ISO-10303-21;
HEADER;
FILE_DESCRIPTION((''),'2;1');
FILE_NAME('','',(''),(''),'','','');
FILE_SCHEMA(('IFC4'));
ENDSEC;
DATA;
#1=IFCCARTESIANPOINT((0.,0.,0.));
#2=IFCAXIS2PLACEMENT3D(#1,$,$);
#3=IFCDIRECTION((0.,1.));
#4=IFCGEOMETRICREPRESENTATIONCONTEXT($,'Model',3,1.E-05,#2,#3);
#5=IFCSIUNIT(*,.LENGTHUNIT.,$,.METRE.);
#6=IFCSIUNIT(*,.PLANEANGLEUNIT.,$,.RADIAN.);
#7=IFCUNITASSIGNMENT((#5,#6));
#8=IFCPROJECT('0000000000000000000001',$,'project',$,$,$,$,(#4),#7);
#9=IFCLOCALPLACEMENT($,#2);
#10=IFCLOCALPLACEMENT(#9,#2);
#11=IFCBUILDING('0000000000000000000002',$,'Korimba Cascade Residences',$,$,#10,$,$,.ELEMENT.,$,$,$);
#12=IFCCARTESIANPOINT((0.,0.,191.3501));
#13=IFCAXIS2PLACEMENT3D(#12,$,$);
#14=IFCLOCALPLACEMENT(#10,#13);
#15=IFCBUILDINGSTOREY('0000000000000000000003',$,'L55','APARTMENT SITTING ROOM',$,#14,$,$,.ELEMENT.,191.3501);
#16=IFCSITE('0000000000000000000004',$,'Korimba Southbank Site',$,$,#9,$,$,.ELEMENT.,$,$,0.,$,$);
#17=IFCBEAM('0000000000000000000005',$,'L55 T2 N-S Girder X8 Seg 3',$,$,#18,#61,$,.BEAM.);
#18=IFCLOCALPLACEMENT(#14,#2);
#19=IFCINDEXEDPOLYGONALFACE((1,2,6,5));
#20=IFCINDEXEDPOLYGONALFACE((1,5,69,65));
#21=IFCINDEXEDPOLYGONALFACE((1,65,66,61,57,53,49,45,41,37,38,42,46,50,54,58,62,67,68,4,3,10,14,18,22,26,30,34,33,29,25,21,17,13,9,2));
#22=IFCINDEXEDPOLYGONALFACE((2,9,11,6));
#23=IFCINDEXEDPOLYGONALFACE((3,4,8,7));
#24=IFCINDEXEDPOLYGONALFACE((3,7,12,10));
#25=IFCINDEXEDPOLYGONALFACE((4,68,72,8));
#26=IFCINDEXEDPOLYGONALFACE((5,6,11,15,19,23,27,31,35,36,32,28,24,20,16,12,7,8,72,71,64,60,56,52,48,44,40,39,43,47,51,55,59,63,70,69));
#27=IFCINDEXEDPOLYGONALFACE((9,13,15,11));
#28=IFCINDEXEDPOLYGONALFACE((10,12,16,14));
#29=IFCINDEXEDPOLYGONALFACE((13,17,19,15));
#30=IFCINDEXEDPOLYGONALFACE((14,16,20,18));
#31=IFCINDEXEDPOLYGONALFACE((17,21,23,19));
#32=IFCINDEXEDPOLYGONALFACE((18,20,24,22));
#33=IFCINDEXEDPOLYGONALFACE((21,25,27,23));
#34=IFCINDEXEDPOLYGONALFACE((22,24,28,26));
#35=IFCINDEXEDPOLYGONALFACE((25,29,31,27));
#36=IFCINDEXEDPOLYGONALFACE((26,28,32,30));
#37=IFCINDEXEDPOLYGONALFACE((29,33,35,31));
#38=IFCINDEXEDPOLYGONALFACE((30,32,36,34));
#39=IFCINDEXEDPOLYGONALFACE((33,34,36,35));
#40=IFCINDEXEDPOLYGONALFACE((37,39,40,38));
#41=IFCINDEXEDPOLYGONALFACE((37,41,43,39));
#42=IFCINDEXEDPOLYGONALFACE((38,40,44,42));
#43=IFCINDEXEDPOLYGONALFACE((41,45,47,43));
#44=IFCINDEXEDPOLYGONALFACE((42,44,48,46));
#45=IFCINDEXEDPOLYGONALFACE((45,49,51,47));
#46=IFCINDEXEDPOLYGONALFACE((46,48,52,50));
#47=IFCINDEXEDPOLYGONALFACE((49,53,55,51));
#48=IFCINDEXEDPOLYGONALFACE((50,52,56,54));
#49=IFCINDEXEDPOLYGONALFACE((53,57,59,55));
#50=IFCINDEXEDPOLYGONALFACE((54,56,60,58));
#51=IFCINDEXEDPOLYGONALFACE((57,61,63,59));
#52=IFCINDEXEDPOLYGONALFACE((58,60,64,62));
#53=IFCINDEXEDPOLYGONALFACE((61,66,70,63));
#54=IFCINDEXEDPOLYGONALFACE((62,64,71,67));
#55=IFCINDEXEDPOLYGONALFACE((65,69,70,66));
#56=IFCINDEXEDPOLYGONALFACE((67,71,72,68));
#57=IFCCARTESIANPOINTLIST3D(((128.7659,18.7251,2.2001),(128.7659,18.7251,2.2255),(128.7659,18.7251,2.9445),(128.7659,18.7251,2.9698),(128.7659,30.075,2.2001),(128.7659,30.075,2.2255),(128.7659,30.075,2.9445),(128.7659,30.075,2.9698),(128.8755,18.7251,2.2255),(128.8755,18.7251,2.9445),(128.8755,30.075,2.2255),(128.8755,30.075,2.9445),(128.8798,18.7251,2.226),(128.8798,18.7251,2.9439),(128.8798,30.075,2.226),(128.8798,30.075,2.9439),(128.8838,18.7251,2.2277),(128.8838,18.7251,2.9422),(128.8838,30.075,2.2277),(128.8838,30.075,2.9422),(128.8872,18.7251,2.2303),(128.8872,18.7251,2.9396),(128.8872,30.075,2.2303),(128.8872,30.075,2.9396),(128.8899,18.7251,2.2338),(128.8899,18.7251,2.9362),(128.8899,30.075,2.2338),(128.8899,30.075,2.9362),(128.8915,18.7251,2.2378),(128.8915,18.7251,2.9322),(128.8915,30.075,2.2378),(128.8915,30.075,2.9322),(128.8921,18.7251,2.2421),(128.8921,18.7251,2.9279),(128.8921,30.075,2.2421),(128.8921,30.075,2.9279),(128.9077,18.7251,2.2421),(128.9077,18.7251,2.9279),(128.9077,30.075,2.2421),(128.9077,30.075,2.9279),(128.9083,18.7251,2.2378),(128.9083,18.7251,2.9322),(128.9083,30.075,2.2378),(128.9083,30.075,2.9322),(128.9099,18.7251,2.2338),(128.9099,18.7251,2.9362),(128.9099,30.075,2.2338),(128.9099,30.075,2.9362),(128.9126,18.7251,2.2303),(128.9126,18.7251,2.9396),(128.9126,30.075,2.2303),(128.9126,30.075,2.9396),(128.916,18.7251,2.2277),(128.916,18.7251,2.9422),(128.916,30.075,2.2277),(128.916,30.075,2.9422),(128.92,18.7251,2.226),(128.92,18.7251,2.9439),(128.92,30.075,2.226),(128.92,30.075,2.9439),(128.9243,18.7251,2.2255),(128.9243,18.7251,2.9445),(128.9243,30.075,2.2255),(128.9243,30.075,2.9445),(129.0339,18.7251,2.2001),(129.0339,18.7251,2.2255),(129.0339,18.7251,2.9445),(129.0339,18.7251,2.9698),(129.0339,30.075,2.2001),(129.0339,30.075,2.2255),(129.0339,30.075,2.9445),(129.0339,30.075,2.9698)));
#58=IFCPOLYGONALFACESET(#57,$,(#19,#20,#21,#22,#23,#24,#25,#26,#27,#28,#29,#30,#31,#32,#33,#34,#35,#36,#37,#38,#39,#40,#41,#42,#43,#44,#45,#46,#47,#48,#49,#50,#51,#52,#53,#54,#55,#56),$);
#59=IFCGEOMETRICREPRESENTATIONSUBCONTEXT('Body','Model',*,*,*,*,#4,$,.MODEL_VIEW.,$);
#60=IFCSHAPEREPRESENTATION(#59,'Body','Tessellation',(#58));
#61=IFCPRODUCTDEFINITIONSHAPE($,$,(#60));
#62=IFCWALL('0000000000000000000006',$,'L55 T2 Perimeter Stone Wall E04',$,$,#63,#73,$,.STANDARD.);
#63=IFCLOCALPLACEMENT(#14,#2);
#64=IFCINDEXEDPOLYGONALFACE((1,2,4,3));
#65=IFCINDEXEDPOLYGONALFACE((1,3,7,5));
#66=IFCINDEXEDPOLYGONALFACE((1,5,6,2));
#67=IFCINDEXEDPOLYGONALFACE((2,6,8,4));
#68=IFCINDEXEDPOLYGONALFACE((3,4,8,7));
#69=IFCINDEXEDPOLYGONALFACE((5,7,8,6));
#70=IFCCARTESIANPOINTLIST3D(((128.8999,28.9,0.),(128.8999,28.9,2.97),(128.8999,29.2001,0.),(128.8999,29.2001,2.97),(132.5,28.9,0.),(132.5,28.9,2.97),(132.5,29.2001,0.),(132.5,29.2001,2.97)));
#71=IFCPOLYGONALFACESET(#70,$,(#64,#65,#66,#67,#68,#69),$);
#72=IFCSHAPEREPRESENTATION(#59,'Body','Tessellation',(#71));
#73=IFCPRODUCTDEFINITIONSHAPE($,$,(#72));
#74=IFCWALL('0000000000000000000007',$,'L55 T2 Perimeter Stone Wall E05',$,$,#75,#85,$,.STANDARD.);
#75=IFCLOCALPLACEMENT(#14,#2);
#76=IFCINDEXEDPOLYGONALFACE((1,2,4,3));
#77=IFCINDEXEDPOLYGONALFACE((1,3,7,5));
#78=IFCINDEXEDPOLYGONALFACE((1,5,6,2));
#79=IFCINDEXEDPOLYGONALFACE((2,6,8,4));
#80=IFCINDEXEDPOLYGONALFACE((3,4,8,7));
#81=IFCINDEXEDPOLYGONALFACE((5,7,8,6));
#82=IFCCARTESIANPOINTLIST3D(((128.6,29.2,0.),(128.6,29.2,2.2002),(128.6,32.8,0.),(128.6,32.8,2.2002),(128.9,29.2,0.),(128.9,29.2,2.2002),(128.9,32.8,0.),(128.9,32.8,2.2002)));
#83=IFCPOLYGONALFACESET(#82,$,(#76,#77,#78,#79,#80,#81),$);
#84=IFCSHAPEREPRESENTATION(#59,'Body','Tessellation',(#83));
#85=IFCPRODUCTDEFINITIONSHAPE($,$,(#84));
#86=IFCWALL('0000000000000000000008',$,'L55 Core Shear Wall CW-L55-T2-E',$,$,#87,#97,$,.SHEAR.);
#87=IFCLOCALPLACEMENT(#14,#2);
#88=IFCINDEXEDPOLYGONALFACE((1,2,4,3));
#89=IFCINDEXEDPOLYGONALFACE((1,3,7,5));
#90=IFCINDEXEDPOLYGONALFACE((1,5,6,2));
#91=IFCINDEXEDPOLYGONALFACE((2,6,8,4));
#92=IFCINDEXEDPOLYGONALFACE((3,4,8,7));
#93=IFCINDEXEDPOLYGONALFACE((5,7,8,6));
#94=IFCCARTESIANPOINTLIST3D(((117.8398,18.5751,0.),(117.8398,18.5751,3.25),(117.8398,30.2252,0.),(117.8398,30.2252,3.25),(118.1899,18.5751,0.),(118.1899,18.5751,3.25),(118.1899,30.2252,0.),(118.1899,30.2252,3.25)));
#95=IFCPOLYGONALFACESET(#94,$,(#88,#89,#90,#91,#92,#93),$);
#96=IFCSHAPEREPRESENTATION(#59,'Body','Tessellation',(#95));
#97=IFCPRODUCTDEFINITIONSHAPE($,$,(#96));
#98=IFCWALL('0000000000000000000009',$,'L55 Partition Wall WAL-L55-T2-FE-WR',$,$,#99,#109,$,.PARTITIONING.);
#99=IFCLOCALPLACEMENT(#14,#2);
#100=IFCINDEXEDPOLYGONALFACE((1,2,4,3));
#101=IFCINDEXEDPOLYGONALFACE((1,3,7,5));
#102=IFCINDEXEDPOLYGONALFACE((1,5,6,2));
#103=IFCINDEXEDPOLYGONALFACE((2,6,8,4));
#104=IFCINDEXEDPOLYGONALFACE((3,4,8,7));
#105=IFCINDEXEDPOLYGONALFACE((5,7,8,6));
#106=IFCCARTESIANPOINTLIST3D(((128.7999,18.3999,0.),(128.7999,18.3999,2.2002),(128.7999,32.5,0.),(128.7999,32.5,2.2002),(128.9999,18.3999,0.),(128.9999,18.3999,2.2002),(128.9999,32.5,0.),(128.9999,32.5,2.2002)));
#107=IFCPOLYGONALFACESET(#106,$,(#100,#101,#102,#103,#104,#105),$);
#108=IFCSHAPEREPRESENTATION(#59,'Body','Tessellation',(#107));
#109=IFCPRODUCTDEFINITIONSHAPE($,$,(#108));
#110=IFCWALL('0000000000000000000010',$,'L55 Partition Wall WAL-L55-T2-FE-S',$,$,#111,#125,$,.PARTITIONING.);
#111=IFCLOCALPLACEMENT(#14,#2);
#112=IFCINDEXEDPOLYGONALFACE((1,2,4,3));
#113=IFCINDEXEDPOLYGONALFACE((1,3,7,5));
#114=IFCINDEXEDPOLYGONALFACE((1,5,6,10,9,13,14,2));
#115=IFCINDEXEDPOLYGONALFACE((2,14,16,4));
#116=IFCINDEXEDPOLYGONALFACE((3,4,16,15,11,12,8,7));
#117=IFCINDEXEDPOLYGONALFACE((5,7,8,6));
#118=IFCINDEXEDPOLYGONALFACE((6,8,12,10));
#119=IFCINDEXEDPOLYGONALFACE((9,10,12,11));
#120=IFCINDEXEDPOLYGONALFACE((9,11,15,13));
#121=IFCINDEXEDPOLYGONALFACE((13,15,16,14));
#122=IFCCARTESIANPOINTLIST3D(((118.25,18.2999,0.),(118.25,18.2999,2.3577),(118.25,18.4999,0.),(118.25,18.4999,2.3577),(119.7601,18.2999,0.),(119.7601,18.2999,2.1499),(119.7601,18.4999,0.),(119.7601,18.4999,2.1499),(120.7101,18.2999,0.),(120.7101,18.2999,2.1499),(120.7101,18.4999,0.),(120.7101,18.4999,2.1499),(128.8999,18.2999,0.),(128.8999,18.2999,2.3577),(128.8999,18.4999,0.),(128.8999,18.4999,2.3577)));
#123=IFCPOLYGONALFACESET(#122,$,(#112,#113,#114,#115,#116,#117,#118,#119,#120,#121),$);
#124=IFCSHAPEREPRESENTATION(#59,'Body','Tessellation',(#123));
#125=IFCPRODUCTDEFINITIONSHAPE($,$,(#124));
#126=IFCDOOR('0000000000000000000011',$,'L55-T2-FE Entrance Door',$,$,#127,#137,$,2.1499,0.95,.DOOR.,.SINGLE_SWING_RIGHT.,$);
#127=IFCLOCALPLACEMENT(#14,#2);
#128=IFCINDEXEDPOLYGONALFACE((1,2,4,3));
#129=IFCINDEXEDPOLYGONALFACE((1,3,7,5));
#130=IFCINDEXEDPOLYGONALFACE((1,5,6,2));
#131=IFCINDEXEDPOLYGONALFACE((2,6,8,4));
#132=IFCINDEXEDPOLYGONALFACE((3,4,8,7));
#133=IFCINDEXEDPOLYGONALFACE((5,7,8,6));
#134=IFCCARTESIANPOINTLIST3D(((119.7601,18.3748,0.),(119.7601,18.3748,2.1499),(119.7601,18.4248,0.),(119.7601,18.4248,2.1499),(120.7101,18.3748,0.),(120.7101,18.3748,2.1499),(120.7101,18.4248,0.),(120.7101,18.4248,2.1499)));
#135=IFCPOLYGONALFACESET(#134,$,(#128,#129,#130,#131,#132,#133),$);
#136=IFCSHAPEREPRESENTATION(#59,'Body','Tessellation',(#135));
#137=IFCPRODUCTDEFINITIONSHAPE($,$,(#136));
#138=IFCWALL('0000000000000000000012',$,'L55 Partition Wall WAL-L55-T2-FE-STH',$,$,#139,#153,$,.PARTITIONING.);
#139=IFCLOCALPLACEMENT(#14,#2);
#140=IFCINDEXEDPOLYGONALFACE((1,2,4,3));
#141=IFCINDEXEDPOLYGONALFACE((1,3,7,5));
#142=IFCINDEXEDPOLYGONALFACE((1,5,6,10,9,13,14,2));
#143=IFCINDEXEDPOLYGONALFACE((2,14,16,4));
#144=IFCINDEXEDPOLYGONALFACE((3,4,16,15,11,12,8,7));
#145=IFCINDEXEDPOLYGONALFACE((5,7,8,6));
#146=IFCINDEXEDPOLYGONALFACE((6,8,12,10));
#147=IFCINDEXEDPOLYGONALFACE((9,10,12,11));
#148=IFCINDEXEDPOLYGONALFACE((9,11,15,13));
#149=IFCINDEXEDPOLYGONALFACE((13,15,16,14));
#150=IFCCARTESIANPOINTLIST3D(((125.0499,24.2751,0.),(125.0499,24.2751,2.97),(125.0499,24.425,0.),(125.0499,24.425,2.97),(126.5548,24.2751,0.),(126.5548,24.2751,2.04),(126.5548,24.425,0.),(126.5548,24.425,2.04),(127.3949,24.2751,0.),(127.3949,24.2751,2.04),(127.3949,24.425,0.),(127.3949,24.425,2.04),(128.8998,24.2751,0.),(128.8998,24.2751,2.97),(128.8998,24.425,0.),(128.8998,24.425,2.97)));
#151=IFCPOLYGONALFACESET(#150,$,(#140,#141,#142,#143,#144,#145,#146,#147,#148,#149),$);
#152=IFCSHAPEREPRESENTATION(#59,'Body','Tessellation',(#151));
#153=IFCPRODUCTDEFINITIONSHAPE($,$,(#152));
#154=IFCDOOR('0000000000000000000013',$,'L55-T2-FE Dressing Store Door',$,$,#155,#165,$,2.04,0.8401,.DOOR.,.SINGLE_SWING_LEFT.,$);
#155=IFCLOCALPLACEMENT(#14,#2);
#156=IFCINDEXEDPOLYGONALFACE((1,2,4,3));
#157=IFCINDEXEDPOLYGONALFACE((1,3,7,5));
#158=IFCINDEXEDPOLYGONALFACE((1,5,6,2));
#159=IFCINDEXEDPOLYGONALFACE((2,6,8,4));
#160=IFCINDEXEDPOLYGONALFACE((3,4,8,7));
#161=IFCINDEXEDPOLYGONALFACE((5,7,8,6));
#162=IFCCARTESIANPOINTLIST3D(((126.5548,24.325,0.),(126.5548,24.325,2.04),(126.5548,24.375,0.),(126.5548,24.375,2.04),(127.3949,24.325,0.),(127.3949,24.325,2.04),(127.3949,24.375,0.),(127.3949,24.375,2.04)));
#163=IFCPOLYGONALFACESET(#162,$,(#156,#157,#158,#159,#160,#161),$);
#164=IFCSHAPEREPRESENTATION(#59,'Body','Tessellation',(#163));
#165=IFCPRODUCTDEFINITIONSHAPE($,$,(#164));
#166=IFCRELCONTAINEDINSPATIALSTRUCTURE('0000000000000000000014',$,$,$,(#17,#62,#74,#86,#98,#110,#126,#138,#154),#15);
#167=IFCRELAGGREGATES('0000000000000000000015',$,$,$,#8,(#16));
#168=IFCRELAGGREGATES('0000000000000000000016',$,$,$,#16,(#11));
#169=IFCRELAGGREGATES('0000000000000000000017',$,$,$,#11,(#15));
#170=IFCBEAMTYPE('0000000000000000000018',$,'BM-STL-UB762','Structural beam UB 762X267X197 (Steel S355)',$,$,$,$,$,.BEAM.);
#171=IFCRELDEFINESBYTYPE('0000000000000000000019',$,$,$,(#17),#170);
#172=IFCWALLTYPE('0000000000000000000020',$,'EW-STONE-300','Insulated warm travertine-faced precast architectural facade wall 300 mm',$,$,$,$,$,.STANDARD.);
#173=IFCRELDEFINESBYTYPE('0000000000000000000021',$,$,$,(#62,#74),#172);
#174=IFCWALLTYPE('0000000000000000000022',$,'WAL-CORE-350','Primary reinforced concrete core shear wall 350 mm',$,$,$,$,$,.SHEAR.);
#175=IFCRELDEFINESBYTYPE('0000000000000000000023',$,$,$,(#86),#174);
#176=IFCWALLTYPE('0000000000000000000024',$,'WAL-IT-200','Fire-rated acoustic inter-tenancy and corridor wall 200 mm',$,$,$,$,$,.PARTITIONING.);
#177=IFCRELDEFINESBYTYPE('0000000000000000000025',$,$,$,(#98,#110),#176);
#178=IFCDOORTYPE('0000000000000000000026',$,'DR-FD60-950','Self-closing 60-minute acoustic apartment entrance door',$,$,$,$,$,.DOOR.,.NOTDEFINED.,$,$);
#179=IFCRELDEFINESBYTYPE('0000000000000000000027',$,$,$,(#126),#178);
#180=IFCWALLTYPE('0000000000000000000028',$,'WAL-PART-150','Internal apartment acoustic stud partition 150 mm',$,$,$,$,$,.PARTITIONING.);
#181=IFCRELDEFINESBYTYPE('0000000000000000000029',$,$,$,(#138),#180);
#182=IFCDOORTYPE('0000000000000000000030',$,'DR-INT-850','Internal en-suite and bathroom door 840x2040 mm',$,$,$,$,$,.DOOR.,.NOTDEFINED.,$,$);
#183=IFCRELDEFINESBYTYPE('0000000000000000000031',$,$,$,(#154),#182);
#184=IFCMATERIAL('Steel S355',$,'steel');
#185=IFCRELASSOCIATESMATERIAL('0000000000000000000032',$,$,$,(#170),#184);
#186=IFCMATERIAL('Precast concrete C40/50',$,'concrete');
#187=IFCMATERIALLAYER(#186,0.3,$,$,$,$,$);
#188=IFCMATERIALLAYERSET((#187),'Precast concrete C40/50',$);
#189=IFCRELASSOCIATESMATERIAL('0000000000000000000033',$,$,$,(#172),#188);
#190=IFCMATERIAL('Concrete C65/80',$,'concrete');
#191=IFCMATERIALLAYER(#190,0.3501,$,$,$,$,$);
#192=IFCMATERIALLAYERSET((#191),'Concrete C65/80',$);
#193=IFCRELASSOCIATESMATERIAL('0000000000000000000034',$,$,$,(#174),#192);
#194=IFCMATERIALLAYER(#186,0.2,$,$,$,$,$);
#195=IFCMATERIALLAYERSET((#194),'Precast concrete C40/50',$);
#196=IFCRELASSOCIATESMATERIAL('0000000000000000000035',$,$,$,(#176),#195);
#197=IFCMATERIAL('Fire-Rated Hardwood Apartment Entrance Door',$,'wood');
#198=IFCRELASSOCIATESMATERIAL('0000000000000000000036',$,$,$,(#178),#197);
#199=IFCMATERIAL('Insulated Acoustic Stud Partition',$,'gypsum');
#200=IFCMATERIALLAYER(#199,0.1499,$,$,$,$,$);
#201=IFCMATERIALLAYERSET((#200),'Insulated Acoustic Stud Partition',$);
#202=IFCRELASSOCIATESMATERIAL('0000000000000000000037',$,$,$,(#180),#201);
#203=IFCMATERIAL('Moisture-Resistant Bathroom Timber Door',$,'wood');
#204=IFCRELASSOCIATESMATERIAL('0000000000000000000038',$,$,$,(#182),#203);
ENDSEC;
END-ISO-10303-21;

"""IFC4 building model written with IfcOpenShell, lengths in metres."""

from ifc_helpers import new_model, si_unit, direction, frame, frame_2d, origin, origin_2d, place, context, subcontext, project, spatial, rectangle, i_section, extrude, material, layer, layer_set, material_profile, profile_set, type_object, element, fill, save


model = new_model("IFC4")

# Units and contexts
model_context = context("Model", 3, precision=1e-05, world=origin(), true_north=direction((0.0, 1.0)))
body_context = subcontext(model_context, "Body", "Model", "MODEL_VIEW")
ifc_project = project(units=[si_unit("LENGTHUNIT", "METRE"), si_unit("PLANEANGLEUNIT", "RADIAN")], contexts=[model_context])

# Site, building, storey
site_placement = place(None, origin())
site = spatial("IfcSite", under=ifc_project, at=site_placement, Name="Korimba Southbank Site", CompositionType="ELEMENT", RefElevation=0.0)
building_placement = place(site_placement, origin())
building = spatial("IfcBuilding", under=site, at=building_placement, Name="Korimba Cascade Residences", CompositionType="ELEMENT")
storey_placement = place(building_placement, frame((0.0, 0.0, 191.3501)))
storey = spatial("IfcBuildingStorey", under=building, at=storey_placement, Name="L55", Description="APARTMENT SITTING ROOM", CompositionType="ELEMENT", Elevation=191.3501)

# Beam
ifc_material_1 = material(Name="Steel S355", Category="steel")
ifc_material_profile_1 = material_profile(ifc_material_1, i_section(OverallWidth=0.2681, OverallDepth=0.7698, WebThickness=0.0156, FlangeThickness=0.0254, FilletRadius=0.0166, at=origin_2d()), Name="Steel S355")
ifc_profile_set_1 = profile_set([ifc_material_profile_1], Name="Steel S355")
beam_type_1 = type_object("IfcBeamType", Name="BM-STL-UB762", Description="Structural beam UB 762X267X197 (Steel S355)", PredefinedType="BEAM", material=ifc_profile_set_1)
beam_1_placement = place(storey_placement, frame((128.8999, 18.7251, 2.585), z_axis=(0.0, 1.0, 0.0), x_axis=(-1.0, 0.0, 0.0)))
element("IfcBeam", 1, at=beam_1_placement, inside=storey, type_object=beam_type_1, Name="L55 T2 N-S Girder X8 Seg 3", PredefinedType="BEAM", context=body_context, shape_type="SweptSolid", body=[
    extrude(i_section(OverallWidth=0.2681, OverallDepth=0.7698, WebThickness=0.0156, FlangeThickness=0.0254, FilletRadius=0.0166, at=origin_2d()), origin(), (0.0, 0.0, 1.0), 11.3499),
])

# Walls
ifc_material_2 = material(Name="Precast concrete C40/50", Category="concrete")
ifc_layer_1 = layer(ifc_material_2, 0.3)
ifc_layer_set_1 = layer_set([ifc_layer_1], Name="Precast concrete C40/50")
wall_type_1 = type_object("IfcWallType", Name="EW-STONE-300", Description="Insulated warm travertine-faced precast architectural facade wall 300 mm", PredefinedType="STANDARD", material=ifc_layer_set_1)
wall_1_placement = place(storey_placement, frame((132.5, 29.05, 0.0), z_axis=(0.0, 0.0, 1.0), x_axis=(-1.0, 0.0, 0.0)))
element("IfcWall", 2, at=wall_1_placement, inside=storey, type_object=wall_type_1, Name="L55 T2 Perimeter Stone Wall E04", PredefinedType="STANDARD", context=body_context, shape_type="SweptSolid", body=[
    extrude(rectangle(XDim=3.6001, YDim=0.3, at=frame_2d((1.8, 0.0))), origin(), (0.0, 0.0, 1.0), 2.97),
])
wall_2_placement = place(storey_placement, frame((128.75, 29.2, 0.0), z_axis=(0.0, 0.0, 1.0), x_axis=(0.0, 1.0, 0.0)))
element("IfcWall", 3, at=wall_2_placement, inside=storey, type_object=wall_type_1, Name="L55 T2 Perimeter Stone Wall E05", PredefinedType="STANDARD", context=body_context, shape_type="SweptSolid", body=[
    extrude(rectangle(XDim=3.6001, YDim=0.3, at=frame_2d((1.8, 0.0))), origin(), (0.0, 0.0, 1.0), 2.2002),
])
ifc_material_3 = material(Name="Concrete C65/80", Category="concrete")
ifc_layer_2 = layer(ifc_material_3, 0.3501)
ifc_layer_set_2 = layer_set([ifc_layer_2], Name="Concrete C65/80")
wall_type_2 = type_object("IfcWallType", Name="WAL-CORE-350", Description="Primary reinforced concrete core shear wall 350 mm", PredefinedType="SHEAR", material=ifc_layer_set_2)
wall_3_placement = place(storey_placement, frame((118.0149, 18.575, 0.0), z_axis=(0.0, 0.0, 1.0), x_axis=(0.0, 1.0, 0.0)))
element("IfcWall", 4, at=wall_3_placement, inside=storey, type_object=wall_type_2, Name="L55 Core Shear Wall CW-L55-T2-E", PredefinedType="SHEAR", context=body_context, shape_type="SweptSolid", body=[
    extrude(rectangle(XDim=11.6501, YDim=0.3501, at=frame_2d((5.8252, 0.0))), origin(), (0.0, 0.0, 1.0), 3.25),
])
ifc_layer_3 = layer(ifc_material_2, 0.2)
ifc_layer_set_3 = layer_set([ifc_layer_3], Name="Precast concrete C40/50")
wall_type_3 = type_object("IfcWallType", Name="WAL-IT-200", Description="Fire-rated acoustic inter-tenancy and corridor wall 200 mm", PredefinedType="PARTITIONING", material=ifc_layer_set_3)
wall_4_placement = place(storey_placement, frame((128.8999, 18.3999, 0.0), z_axis=(0.0, 0.0, 1.0), x_axis=(0.0, 1.0, 0.0)))
element("IfcWall", 5, at=wall_4_placement, inside=storey, type_object=wall_type_3, Name="L55 Partition Wall WAL-L55-T2-FE-WR", PredefinedType="PARTITIONING", context=body_context, shape_type="SweptSolid", body=[
    extrude(rectangle(XDim=14.1001, YDim=0.2, at=frame_2d((7.05, 0.0))), origin(), (0.0, 0.0, 1.0), 2.2002),
])

# Walls, openings, doors
wall_5_placement = place(storey_placement, frame((118.25, 18.3999, 0.0), z_axis=(0.0, 0.0, 1.0), x_axis=(1.0, 0.0, 0.0)))
wall_5 = element("IfcWall", 6, at=wall_5_placement, inside=storey, type_object=wall_type_3, Name="L55 Partition Wall WAL-L55-T2-FE-S", PredefinedType="PARTITIONING", context=body_context, shape_type="SweptSolid", body=[
    extrude(rectangle(XDim=10.6499, YDim=0.2, at=frame_2d((5.325, 0.0))), origin(), (0.0, 0.0, 1.0), 2.3577),
])
opening_1_placement = place(wall_5_placement, frame((1.51, 0.0, 0.0)))
opening_1 = element("IfcOpeningElement", 7, at=opening_1_placement, cuts=wall_5, PredefinedType="OPENING", context=body_context, shape_type="SweptSolid", body=[
    extrude(rectangle(XDim=0.95, YDim=2.1499, at=frame_2d((0.4751, 1.075))), frame((0.0, 0.1099, 0.0), z_axis=(0.0, -1.0, 0.0), x_axis=(1.0, 0.0, 0.0)), (0.0, 0.0, 1.0), 0.22),
])
ifc_material_4 = material(Name="Fire-Rated Hardwood Apartment Entrance Door", Category="wood")
door_type_1 = type_object("IfcDoorType", Name="DR-FD60-950", Description="Self-closing 60-minute acoustic apartment entrance door", OperationType="NOTDEFINED", PredefinedType="DOOR", material=ifc_material_4)
door_1_placement = place(opening_1_placement, origin())
door_1 = element("IfcDoor", 8, at=door_1_placement, inside=storey, type_object=door_type_1, Name="L55-T2-FE Entrance Door", OperationType="SINGLE_SWING_RIGHT", OverallHeight=2.1499, OverallWidth=0.95, PredefinedType="DOOR", context=body_context, shape_type="SweptSolid", body=[
    extrude(rectangle(XDim=0.95, YDim=2.1499, at=frame_2d((0.4751, 1.075))), frame((0.0, 0.0249, 0.0), z_axis=(0.0, -1.0, 0.0), x_axis=(1.0, 0.0, 0.0)), (0.0, 0.0, 1.0), 0.05),
])
fill(opening_1, door_1)
ifc_material_5 = material(Name="Insulated Acoustic Stud Partition", Category="gypsum")
ifc_layer_4 = layer(ifc_material_5, 0.1499)
ifc_layer_set_4 = layer_set([ifc_layer_4], Name="Insulated Acoustic Stud Partition")
wall_type_4 = type_object("IfcWallType", Name="WAL-PART-150", Description="Internal apartment acoustic stud partition 150 mm", PredefinedType="PARTITIONING", material=ifc_layer_set_4)
wall_6_placement = place(storey_placement, frame((125.05, 24.3501, 0.0), z_axis=(0.0, 0.0, 1.0), x_axis=(1.0, 0.0, 0.0)))
wall_6 = element("IfcWall", 9, at=wall_6_placement, inside=storey, type_object=wall_type_4, Name="L55 Partition Wall WAL-L55-T2-FE-STH", PredefinedType="PARTITIONING", context=body_context, shape_type="SweptSolid", body=[
    extrude(rectangle(XDim=3.8499, YDim=0.1499, at=frame_2d((1.9248, 0.0))), origin(), (0.0, 0.0, 1.0), 2.97),
])
opening_2_placement = place(wall_6_placement, frame((1.5049, 0.0, 0.0)))
opening_2 = element("IfcOpeningElement", 10, at=opening_2_placement, cuts=wall_6, PredefinedType="OPENING", context=body_context, shape_type="SweptSolid", body=[
    extrude(rectangle(XDim=0.8401, YDim=2.04, at=frame_2d((0.4199, 1.02))), frame((0.0, 0.085, 0.0), z_axis=(0.0, -1.0, 0.0), x_axis=(1.0, 0.0, 0.0)), (0.0, 0.0, 1.0), 0.1699),
])
ifc_material_6 = material(Name="Moisture-Resistant Bathroom Timber Door", Category="wood")
door_type_2 = type_object("IfcDoorType", Name="DR-INT-850", Description="Internal en-suite and bathroom door 840x2040 mm", OperationType="NOTDEFINED", PredefinedType="DOOR", material=ifc_material_6)
door_2_placement = place(opening_2_placement, origin())
door_2 = element("IfcDoor", 11, at=door_2_placement, inside=storey, type_object=door_type_2, Name="L55-T2-FE Dressing Store Door", OperationType="SINGLE_SWING_LEFT", OverallHeight=2.04, OverallWidth=0.8401, PredefinedType="DOOR", context=body_context, shape_type="SweptSolid", body=[
    extrude(rectangle(XDim=0.8401, YDim=2.04, at=frame_2d((0.4199, 1.02))), frame((0.0, 0.0249, 0.0), z_axis=(0.0, -1.0, 0.0), x_axis=(1.0, 0.0, 0.0)), (0.0, 0.0, 1.0), 0.05),
])
fill(opening_2, door_2)

save(model, "model.ifc")
